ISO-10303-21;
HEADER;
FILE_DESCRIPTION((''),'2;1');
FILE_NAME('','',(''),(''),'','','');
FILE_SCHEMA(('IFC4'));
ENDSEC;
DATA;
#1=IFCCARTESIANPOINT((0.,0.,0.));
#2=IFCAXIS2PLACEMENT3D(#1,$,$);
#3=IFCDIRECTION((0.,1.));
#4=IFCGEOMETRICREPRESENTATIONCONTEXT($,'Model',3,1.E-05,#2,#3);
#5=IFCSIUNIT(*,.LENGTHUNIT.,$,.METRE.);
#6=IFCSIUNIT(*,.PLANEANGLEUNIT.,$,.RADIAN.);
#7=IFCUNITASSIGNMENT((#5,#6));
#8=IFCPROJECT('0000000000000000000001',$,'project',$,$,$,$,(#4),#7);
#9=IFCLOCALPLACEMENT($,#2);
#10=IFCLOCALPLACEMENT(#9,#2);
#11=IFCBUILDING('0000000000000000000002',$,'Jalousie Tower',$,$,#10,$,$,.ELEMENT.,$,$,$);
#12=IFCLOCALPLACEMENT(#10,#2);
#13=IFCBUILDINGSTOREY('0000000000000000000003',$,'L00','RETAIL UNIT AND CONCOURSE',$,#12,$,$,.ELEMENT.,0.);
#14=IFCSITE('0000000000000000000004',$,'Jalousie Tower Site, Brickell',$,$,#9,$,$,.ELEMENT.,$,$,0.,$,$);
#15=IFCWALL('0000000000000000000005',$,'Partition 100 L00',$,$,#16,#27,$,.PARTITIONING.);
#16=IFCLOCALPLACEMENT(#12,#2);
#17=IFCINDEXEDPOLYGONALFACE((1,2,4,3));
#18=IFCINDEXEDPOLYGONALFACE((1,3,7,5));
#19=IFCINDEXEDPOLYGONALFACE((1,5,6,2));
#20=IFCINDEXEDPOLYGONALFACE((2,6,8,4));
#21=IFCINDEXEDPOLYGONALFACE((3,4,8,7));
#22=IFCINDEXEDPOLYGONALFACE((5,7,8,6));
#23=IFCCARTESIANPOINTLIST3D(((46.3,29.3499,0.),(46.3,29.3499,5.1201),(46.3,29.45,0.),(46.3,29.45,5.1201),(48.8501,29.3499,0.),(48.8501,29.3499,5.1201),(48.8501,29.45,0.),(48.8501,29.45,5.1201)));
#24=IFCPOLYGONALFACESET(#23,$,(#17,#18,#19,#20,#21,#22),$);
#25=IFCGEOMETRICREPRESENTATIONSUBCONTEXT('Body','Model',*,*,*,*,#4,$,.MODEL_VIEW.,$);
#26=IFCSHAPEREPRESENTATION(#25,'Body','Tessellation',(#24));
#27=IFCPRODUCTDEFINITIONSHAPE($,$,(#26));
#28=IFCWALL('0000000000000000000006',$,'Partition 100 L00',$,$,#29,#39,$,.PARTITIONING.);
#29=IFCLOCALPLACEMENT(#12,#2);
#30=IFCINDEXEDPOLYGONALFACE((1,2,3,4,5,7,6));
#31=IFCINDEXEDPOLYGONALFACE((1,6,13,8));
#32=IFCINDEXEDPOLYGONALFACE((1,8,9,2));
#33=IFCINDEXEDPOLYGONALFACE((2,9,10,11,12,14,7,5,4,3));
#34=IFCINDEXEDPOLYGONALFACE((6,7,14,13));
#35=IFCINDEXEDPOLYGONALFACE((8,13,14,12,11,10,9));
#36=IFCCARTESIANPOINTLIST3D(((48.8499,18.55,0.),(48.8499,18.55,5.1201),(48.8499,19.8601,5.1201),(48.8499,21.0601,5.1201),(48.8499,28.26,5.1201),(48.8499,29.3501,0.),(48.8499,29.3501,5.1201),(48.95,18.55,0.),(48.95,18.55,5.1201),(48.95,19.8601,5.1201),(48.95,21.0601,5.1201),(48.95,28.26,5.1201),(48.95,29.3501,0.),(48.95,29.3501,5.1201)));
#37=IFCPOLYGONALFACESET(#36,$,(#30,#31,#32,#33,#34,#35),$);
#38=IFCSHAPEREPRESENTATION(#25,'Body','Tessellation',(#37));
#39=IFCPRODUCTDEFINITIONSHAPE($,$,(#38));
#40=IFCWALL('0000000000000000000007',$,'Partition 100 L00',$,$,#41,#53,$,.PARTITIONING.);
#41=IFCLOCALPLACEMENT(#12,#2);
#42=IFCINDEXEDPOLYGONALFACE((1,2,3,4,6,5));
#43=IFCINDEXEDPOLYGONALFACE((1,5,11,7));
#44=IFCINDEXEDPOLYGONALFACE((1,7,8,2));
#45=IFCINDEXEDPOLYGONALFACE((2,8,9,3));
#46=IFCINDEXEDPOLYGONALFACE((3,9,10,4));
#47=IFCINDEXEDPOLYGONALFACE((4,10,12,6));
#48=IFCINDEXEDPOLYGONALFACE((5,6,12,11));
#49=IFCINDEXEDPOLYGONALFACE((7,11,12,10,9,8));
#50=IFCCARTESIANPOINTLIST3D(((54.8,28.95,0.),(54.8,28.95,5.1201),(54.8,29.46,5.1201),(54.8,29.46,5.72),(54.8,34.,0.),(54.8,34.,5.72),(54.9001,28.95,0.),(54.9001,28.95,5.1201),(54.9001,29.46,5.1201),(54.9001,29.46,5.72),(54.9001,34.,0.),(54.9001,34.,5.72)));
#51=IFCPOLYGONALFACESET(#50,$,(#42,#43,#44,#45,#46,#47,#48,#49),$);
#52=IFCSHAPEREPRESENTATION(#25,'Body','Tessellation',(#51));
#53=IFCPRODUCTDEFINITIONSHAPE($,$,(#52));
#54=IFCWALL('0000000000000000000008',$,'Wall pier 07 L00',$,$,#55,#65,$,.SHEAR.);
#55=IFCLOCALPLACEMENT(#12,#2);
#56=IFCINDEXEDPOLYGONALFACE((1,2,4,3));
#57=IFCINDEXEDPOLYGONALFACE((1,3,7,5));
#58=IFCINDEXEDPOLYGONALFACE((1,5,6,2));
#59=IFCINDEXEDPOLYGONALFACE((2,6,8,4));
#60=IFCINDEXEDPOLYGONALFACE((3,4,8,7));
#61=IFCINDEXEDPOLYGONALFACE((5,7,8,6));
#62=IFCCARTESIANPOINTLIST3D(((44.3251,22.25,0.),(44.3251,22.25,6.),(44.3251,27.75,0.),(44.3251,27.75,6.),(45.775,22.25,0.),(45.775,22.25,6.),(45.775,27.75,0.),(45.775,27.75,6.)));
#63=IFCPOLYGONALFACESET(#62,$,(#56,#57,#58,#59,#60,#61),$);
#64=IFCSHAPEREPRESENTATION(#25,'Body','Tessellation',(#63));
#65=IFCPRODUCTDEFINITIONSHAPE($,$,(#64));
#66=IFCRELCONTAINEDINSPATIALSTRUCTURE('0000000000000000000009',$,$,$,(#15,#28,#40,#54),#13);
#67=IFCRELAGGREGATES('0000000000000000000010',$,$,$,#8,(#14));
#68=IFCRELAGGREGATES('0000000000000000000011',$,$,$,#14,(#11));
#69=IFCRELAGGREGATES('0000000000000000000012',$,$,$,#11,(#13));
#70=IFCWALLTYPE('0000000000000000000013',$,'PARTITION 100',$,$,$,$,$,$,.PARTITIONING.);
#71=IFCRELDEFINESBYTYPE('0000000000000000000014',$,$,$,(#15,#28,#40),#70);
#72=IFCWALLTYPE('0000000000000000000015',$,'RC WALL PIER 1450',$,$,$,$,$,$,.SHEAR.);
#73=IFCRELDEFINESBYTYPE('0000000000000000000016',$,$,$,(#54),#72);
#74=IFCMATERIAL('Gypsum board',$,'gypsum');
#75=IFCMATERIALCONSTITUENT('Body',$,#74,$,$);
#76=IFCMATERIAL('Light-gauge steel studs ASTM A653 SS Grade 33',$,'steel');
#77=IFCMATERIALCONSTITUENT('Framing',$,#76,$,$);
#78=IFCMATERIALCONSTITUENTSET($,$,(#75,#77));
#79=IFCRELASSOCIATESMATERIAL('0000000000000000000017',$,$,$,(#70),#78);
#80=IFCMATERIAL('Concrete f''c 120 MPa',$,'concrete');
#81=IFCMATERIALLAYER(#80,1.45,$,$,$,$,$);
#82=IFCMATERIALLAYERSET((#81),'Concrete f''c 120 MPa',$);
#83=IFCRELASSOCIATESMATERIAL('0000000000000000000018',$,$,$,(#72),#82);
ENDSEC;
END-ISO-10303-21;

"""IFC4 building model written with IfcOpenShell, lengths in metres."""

from ifc_helpers import new_model, si_unit, direction, frame, frame_2d, origin, place, context, subcontext, project, spatial, polyline, rectangle, outline, extrude, material, layer, layer_set, constituent, constituent_set, type_object, element, save


model = new_model("IFC4")

# Units and contexts
model_context = context("Model", 3, precision=1e-05, world=origin(), true_north=direction((0.0, 1.0)))
body_context = subcontext(model_context, "Body", "Model", "MODEL_VIEW")
ifc_project = project(units=[si_unit("LENGTHUNIT", "METRE"), si_unit("PLANEANGLEUNIT", "RADIAN")], contexts=[model_context])

# Site, building, storey
site_placement = place(None, origin())
site = spatial("IfcSite", under=ifc_project, at=site_placement, Name="Jalousie Tower Site, Brickell", CompositionType="ELEMENT", RefElevation=0.0)
building_placement = place(site_placement, origin())
building = spatial("IfcBuilding", under=site, at=building_placement, Name="Jalousie Tower", CompositionType="ELEMENT")
storey_placement = place(building_placement, origin())
storey = spatial("IfcBuildingStorey", under=building, at=storey_placement, Name="L00", Description="RETAIL UNIT AND CONCOURSE", CompositionType="ELEMENT", Elevation=0.0)

# Walls
ifc_material_1 = material(Name="Gypsum board", Category="gypsum")
ifc_constituent_1 = constituent(ifc_material_1, Name="Body")
ifc_material_2 = material(Name="Light-gauge steel studs ASTM A653 SS Grade 33", Category="steel")
ifc_constituent_2 = constituent(ifc_material_2, Name="Framing")
ifc_constituent_set_1 = constituent_set(constituents=[ifc_constituent_1, ifc_constituent_2])
wall_type_1 = type_object("IfcWallType", Name="PARTITION 100", PredefinedType="PARTITIONING", material=ifc_constituent_set_1)
wall_1_placement = place(storey_placement, frame((46.3, 29.3999, 0.0), z_axis=(0.0, 0.0, 1.0), x_axis=(1.0, 0.0, 0.0)))
element("IfcWall", 1, at=wall_1_placement, inside=storey, type_object=wall_type_1, Name="Partition 100 L00", PredefinedType="PARTITIONING", context=body_context, shape_type="SweptSolid", body=[
    extrude(outline(polyline([(0.0, 0.0), (2.55, 0.0), (2.55, 5.72), (2.55, 5.1201), (0.0, 5.1201), (0.0, 5.72), (0.0, 0.0)])), frame((0.0, 0.05, 0.0), z_axis=(0.0, -1.0, 0.0), x_axis=(1.0, 0.0, 0.0)), (0.0, 0.0, 1.0), 0.1001),
])
wall_2_placement = place(storey_placement, frame((48.8999, 18.55, 0.0), z_axis=(0.0, 0.0, 1.0), x_axis=(0.0, 1.0, 0.0)))
element("IfcWall", 2, at=wall_2_placement, inside=storey, type_object=wall_type_1, Name="Partition 100 L00", PredefinedType="PARTITIONING", context=body_context, shape_type="SweptSolid", body=[
    extrude(outline(polyline([(0.0, 0.0), (10.8, 0.0), (10.8, 5.72), (10.8, 5.1201), (9.71, 5.1201), (2.51, 5.1201), (1.3101, 5.1201), (0.0, 5.1201), (0.0, 5.72), (0.0, 0.0)])), frame((0.0, 0.05, 0.0), z_axis=(0.0, -1.0, 0.0), x_axis=(1.0, 0.0, 0.0)), (0.0, 0.0, 1.0), 0.1001),
])
wall_3_placement = place(storey_placement, frame((54.8501, 28.95, 0.0), z_axis=(0.0, 0.0, 1.0), x_axis=(0.0, 1.0, 0.0)))
element("IfcWall", 3, at=wall_3_placement, inside=storey, type_object=wall_type_1, Name="Partition 100 L00", PredefinedType="PARTITIONING", context=body_context, shape_type="SweptSolid", body=[
    extrude(outline(polyline([(0.0, 0.0), (5.05, 0.0), (5.05, 5.72), (0.51, 5.72), (0.51, 5.1201), (0.0, 5.1201), (0.0, 5.72), (0.0, 0.0)])), frame((0.0, 0.05, 0.0), z_axis=(0.0, -1.0, 0.0), x_axis=(1.0, 0.0, 0.0)), (0.0, 0.0, 1.0), 0.1001),
])
ifc_material_3 = material(Name="Concrete f'c 120 MPa", Category="concrete")
ifc_layer_1 = layer(ifc_material_3, 1.45)
ifc_layer_set_1 = layer_set([ifc_layer_1], Name="Concrete f'c 120 MPa")
wall_type_2 = type_object("IfcWallType", Name="RC WALL PIER 1450", PredefinedType="SHEAR", material=ifc_layer_set_1)
wall_4_placement = place(storey_placement, frame((45.05, 22.25, 0.0), z_axis=(0.0, 0.0, 1.0), x_axis=(0.0, 1.0, 0.0)))
element("IfcWall", 4, at=wall_4_placement, inside=storey, type_object=wall_type_2, Name="Wall pier 07 L00", PredefinedType="SHEAR", context=body_context, shape_type="SweptSolid", body=[
    extrude(rectangle(XDim=5.5, YDim=1.45, at=frame_2d((2.75, 0.0))), origin(), (0.0, 0.0, 1.0), 6.0),
])

save(model, "model.ifc")
